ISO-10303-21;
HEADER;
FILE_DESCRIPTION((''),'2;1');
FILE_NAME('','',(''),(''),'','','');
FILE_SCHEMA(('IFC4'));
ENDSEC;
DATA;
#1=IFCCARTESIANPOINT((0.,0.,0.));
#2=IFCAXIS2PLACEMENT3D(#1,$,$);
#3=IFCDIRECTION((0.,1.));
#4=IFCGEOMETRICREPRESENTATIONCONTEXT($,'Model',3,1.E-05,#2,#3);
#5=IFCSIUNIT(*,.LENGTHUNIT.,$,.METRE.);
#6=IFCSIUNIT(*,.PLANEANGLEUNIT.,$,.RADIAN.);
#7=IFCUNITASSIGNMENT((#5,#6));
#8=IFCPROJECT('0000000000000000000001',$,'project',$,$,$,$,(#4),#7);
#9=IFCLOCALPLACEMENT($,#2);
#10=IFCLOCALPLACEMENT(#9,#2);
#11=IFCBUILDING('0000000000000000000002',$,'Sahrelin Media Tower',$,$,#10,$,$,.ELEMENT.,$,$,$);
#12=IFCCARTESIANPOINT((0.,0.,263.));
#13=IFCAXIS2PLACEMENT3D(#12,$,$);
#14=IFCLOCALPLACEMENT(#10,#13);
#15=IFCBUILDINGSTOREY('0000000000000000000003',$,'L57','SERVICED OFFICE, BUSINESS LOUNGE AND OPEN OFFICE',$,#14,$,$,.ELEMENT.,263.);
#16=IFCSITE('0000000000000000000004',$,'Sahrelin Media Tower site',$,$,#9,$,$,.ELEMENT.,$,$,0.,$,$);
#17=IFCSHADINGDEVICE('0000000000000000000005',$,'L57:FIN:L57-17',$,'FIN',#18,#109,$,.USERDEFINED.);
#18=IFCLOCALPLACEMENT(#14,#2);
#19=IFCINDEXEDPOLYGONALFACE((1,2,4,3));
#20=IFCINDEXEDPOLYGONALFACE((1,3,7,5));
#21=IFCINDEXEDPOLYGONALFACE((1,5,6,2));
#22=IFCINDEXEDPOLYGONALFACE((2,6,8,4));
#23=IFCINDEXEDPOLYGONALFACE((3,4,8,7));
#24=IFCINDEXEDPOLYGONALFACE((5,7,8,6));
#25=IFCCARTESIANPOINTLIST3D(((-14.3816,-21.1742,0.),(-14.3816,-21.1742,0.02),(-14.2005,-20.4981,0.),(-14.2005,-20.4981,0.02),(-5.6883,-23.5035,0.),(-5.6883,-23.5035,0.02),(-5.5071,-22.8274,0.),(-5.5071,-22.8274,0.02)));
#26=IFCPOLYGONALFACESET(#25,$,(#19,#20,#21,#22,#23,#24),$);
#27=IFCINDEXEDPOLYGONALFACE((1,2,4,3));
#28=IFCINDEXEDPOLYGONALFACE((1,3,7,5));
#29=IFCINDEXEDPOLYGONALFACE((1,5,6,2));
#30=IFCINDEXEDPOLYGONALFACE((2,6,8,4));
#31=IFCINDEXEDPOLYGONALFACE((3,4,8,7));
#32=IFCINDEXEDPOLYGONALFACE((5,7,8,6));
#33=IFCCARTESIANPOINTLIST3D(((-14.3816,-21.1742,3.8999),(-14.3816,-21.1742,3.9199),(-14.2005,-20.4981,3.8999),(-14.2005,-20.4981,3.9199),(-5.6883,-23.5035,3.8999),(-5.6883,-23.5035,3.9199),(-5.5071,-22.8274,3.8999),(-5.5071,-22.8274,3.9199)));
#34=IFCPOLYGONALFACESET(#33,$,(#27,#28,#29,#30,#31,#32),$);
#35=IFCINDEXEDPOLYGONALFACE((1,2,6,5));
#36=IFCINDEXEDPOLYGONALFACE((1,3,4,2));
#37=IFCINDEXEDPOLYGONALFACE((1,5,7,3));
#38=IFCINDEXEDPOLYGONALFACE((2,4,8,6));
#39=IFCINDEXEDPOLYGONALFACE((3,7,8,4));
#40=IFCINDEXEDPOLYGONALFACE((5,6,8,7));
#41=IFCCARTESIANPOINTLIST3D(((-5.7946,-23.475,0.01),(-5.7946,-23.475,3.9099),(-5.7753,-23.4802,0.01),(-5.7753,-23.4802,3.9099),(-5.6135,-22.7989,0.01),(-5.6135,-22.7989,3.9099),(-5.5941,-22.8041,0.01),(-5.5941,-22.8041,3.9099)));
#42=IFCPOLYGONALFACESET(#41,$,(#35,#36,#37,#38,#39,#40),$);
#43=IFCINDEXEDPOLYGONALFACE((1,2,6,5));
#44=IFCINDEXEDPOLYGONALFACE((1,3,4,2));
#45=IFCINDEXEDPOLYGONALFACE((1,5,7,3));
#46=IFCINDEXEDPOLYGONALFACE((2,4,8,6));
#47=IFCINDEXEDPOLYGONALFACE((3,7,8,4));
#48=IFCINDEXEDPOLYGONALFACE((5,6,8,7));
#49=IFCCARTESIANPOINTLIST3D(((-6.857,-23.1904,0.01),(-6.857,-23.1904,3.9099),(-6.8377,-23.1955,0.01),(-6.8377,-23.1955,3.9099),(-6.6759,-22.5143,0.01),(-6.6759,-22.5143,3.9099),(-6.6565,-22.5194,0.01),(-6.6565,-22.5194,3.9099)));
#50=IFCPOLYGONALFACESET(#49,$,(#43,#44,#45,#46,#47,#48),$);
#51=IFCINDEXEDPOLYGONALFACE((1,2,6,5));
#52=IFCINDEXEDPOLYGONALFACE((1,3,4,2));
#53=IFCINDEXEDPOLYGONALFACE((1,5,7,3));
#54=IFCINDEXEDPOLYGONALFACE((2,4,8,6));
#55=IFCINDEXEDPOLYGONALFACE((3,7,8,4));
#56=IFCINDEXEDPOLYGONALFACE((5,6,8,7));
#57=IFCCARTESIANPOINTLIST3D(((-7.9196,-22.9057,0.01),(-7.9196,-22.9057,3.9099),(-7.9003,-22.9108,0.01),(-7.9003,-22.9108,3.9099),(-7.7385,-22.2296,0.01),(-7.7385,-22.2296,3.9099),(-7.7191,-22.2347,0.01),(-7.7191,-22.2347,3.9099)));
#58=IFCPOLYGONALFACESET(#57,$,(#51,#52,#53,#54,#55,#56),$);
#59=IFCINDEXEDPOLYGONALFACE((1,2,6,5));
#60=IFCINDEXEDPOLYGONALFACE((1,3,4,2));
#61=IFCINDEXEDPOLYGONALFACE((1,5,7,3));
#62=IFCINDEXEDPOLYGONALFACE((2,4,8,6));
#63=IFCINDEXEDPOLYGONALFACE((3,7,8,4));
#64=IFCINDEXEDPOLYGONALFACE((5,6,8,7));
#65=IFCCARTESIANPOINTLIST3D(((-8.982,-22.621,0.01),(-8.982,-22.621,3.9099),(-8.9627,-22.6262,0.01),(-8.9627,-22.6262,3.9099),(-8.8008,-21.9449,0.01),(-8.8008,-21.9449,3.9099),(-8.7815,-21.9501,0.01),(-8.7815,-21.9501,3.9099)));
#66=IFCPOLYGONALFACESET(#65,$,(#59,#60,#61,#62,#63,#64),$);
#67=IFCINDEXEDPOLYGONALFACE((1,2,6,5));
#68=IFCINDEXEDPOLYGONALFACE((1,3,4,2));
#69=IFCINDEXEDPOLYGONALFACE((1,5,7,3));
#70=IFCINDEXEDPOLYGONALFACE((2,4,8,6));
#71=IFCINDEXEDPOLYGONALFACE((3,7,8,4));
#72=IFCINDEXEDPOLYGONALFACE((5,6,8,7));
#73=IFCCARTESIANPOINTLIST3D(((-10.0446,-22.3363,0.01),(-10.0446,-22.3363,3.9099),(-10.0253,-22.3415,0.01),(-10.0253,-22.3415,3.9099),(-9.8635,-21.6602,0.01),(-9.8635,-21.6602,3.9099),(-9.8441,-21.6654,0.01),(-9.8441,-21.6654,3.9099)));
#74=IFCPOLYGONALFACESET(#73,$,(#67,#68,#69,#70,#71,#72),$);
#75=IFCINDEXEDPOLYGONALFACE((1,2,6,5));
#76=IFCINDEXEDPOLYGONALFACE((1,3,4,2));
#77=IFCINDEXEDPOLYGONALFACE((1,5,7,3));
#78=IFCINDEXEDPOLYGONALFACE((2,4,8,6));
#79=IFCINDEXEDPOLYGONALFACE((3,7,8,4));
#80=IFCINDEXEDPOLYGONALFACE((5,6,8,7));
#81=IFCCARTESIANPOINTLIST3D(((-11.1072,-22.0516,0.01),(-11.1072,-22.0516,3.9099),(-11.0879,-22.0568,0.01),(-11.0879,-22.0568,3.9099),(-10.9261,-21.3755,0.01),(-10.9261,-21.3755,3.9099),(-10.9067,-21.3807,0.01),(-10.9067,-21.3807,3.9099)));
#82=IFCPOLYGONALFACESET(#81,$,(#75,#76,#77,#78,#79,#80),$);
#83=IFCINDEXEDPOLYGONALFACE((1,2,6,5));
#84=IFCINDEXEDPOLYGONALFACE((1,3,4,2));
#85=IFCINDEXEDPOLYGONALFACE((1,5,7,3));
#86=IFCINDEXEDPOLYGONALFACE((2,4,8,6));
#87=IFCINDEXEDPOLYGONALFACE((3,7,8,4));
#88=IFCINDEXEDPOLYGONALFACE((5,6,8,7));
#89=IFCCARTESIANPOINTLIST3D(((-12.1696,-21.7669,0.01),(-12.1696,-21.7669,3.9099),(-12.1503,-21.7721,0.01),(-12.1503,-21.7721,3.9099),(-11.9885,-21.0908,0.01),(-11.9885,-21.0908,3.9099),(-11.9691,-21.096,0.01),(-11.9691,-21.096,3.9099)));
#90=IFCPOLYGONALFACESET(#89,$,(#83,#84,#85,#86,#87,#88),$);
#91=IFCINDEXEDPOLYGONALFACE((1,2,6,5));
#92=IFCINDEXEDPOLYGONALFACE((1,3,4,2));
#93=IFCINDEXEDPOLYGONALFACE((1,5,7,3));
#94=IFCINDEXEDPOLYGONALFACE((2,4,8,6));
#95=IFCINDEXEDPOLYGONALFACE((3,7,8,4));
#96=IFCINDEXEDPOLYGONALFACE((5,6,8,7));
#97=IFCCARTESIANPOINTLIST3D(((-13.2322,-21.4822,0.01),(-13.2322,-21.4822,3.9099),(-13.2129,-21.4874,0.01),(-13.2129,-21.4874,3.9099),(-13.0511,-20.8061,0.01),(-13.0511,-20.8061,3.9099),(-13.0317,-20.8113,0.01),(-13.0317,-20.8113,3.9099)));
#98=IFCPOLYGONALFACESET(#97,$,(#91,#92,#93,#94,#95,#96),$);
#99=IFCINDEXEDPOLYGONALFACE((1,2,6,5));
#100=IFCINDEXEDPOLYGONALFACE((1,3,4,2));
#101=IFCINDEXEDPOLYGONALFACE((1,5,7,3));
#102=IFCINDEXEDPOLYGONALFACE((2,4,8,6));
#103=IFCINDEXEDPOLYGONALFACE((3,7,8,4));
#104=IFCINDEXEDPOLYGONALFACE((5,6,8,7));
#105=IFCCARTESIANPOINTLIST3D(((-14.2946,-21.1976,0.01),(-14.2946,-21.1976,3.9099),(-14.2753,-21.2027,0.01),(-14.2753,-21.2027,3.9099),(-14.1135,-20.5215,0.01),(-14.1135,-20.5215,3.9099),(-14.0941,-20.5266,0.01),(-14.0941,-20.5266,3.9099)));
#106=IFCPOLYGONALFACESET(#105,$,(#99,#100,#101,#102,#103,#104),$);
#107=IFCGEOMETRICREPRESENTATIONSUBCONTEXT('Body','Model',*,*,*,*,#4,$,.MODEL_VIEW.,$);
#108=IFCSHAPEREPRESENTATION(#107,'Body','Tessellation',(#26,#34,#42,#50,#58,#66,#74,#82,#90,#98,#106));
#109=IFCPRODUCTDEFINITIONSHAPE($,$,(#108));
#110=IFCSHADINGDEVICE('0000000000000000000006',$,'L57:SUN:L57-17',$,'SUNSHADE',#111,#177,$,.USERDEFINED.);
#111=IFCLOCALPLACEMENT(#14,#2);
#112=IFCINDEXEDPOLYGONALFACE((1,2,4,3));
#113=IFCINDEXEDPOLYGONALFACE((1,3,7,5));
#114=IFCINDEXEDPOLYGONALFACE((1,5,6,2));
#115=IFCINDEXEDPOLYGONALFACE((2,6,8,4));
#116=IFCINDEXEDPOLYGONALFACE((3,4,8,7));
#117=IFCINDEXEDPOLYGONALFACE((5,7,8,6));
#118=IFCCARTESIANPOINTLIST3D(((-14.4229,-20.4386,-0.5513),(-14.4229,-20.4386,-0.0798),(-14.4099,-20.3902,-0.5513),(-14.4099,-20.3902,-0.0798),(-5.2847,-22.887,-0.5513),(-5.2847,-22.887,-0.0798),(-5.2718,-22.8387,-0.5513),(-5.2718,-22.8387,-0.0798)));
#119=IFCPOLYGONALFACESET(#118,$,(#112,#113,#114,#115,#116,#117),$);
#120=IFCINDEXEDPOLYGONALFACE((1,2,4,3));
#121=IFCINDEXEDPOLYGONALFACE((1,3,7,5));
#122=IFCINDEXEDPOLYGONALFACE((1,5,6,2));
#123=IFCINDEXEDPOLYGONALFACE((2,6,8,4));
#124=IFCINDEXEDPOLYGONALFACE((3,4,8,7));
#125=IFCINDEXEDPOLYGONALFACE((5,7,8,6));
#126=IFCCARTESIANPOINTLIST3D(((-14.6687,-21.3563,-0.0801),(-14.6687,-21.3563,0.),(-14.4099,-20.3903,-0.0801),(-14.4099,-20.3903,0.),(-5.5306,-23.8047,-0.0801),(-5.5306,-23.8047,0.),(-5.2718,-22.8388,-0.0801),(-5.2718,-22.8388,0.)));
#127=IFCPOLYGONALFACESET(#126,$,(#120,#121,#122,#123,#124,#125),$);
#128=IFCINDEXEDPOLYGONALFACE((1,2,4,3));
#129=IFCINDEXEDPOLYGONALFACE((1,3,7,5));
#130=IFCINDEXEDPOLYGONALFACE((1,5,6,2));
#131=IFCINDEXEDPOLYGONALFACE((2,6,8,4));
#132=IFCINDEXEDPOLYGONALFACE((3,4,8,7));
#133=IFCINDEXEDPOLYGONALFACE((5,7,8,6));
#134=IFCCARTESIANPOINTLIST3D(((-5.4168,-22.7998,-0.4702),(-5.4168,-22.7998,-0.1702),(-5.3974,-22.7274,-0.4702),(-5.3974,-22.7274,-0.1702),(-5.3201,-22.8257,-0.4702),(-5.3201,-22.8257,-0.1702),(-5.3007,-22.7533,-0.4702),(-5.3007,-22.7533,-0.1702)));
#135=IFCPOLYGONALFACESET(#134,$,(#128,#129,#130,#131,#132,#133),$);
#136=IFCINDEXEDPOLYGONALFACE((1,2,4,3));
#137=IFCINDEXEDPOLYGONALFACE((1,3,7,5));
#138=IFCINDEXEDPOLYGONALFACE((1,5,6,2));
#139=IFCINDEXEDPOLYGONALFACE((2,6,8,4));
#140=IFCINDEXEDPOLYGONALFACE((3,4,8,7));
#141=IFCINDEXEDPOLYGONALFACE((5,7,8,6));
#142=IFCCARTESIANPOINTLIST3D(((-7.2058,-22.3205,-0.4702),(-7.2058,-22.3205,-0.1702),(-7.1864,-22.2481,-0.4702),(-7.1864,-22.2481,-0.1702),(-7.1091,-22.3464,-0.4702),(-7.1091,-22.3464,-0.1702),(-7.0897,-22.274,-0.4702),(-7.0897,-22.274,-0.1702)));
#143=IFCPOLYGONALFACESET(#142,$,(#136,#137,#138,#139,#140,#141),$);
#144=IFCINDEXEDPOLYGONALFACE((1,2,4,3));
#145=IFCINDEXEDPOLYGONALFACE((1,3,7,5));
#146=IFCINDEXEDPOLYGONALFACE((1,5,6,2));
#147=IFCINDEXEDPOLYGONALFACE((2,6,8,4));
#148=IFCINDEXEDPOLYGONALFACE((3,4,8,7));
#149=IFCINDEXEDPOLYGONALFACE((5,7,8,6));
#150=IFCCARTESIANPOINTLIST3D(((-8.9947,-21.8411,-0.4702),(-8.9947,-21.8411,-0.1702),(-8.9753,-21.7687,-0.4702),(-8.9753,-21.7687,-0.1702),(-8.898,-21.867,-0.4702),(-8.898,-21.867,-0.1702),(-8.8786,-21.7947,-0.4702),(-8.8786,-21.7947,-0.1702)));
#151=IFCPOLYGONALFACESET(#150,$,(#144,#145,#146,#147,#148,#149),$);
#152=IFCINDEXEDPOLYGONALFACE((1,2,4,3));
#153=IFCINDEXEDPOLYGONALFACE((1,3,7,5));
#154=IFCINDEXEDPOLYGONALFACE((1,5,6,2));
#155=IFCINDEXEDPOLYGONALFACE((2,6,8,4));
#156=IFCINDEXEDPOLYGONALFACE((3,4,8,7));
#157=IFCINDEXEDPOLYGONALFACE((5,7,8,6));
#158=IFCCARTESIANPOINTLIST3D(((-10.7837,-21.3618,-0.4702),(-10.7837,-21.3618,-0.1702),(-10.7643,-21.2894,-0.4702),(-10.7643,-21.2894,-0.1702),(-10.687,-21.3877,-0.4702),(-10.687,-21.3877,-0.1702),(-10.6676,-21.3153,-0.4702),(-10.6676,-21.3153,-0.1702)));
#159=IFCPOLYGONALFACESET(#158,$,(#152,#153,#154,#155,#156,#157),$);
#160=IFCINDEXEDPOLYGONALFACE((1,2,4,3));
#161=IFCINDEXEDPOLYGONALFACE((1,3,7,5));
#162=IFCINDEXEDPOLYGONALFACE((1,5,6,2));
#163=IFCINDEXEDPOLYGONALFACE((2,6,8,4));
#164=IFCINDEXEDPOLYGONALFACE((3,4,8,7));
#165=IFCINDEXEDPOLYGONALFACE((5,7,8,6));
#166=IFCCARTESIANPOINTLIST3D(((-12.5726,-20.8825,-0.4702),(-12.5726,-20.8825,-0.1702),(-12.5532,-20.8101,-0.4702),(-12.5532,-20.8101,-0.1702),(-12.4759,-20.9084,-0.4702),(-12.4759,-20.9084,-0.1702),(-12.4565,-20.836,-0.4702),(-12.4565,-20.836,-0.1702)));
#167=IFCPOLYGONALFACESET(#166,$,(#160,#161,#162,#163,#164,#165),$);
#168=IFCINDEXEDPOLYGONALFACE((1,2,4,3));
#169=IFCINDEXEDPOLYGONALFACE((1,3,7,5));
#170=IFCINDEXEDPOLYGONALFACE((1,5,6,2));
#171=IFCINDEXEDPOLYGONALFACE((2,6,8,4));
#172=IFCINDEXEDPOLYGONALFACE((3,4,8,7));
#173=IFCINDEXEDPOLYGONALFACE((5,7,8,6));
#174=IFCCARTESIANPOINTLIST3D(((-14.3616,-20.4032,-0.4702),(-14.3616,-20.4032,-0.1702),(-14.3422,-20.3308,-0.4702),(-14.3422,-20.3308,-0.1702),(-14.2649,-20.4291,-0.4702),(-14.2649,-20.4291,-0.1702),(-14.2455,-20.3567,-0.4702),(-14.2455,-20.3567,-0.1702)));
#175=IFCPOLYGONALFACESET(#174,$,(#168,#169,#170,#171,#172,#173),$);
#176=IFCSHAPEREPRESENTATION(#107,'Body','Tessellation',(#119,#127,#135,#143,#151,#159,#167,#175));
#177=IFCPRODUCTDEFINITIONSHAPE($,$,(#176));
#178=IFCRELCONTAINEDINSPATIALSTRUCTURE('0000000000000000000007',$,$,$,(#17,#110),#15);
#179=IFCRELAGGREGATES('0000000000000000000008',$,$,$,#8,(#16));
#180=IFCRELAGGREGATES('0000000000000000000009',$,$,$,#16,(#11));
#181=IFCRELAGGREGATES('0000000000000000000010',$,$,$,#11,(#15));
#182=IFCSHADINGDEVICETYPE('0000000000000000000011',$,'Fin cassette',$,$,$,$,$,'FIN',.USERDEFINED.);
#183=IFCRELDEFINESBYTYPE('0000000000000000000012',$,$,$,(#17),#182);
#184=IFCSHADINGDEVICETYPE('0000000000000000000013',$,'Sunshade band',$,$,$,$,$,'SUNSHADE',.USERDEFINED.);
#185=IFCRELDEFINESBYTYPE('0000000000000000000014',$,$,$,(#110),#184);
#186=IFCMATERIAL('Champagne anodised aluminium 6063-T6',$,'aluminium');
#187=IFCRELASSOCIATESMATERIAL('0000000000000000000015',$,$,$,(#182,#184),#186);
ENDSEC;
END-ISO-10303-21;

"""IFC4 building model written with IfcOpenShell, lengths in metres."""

from ifc_helpers import new_model, si_unit, direction, frame, origin, origin_2d, place, context, subcontext, project, spatial, rectangle, extrude, material, type_object, element, save


model = new_model("IFC4")

# Units and contexts
model_context = context("Model", 3, precision=1e-05, world=origin(), true_north=direction((0.0, 1.0)))
body_context = subcontext(model_context, "Body", "Model", "MODEL_VIEW")
ifc_project = project(units=[si_unit("LENGTHUNIT", "METRE"), si_unit("PLANEANGLEUNIT", "RADIAN")], contexts=[model_context])

# Site, building, storey
site_placement = place(None, origin())
site = spatial("IfcSite", under=ifc_project, at=site_placement, Name="Sahrelin Media Tower site", CompositionType="ELEMENT", RefElevation=0.0)
building_placement = place(site_placement, origin())
building = spatial("IfcBuilding", under=site, at=building_placement, Name="Sahrelin Media Tower", CompositionType="ELEMENT")
storey_placement = place(building_placement, frame((0.0, 0.0, 263.0)))
storey = spatial("IfcBuildingStorey", under=building, at=storey_placement, Name="L57", Description="SERVICED OFFICE, BUSINESS LOUNGE AND OPEN OFFICE", CompositionType="ELEMENT", Elevation=263.0)

# Shared definitions
ifc_material_1 = material(Name="Champagne anodised aluminium 6063-T6", Category="aluminium")

# Shading devices
shading_device_type_1 = type_object("IfcShadingDeviceType", Name="Fin cassette", ElementType="FIN", PredefinedType="USERDEFINED", material=ifc_material_1)
placement = place(storey_placement, frame((-9.8357, -21.5952, 0.0), z_axis=(0.0, 0.0, 1.0), x_axis=(-0.965929, 0.258808, 0.0)))
element("IfcShadingDevice", 1, at=placement, inside=storey, type_object=shading_device_type_1, Name="L57:FIN:L57-17", ObjectType="FIN", PredefinedType="USERDEFINED", context=body_context, shape_type="SweptSolid", body=[
    extrude(rectangle(XDim=9.0, YDim=0.7, at=origin_2d()), frame((0.0, 0.4199, 0.0)), (0.0, 0.0, 1.0), 0.02),
    extrude(rectangle(XDim=9.0, YDim=0.7, at=origin_2d()), frame((0.0, 0.4199, 3.8999)), (0.0, 0.0, 1.0), 0.02),
    extrude(rectangle(XDim=0.02, YDim=0.7, at=origin_2d()), frame((-4.3999, 0.4199, 0.01), z_axis=(0.0, 0.0, 1.0), x_axis=(1.0, 0.0, 0.0)), (0.0, 0.0, 1.0), 3.8999),
    extrude(rectangle(XDim=0.02, YDim=0.7, at=origin_2d()), frame((-3.3, 0.4199, 0.01), z_axis=(0.0, 0.0, 1.0), x_axis=(1.0, 0.0, 0.0)), (0.0, 0.0, 1.0), 3.8999),
    extrude(rectangle(XDim=0.02, YDim=0.7, at=origin_2d()), frame((-2.2, 0.4199, 0.01), z_axis=(0.0, 0.0, 1.0), x_axis=(1.0, 0.0, 0.0)), (0.0, 0.0, 1.0), 3.8999),
    extrude(rectangle(XDim=0.02, YDim=0.7, at=origin_2d()), frame((-1.1001, 0.4199, 0.01), z_axis=(0.0, 0.0, 1.0), x_axis=(1.0, 0.0, 0.0)), (0.0, 0.0, 1.0), 3.8999),
    extrude(rectangle(XDim=0.02, YDim=0.7, at=origin_2d()), frame((0.0, 0.4199, 0.01), z_axis=(0.0, 0.0, 1.0), x_axis=(1.0, 0.0, 0.0)), (0.0, 0.0, 1.0), 3.8999),
    extrude(rectangle(XDim=0.02, YDim=0.7, at=origin_2d()), frame((1.1001, 0.4199, 0.01), z_axis=(0.0, 0.0, 1.0), x_axis=(1.0, 0.0, 0.0)), (0.0, 0.0, 1.0), 3.8999),
    extrude(rectangle(XDim=0.02, YDim=0.7, at=origin_2d()), frame((2.2, 0.4199, 0.01), z_axis=(0.0, 0.0, 1.0), x_axis=(1.0, 0.0, 0.0)), (0.0, 0.0, 1.0), 3.8999),
    extrude(rectangle(XDim=0.02, YDim=0.7, at=origin_2d()), frame((3.3, 0.4199, 0.01), z_axis=(0.0, 0.0, 1.0), x_axis=(1.0, 0.0, 0.0)), (0.0, 0.0, 1.0), 3.8999),
    extrude(rectangle(XDim=0.02, YDim=0.7, at=origin_2d()), frame((4.3999, 0.4199, 0.01), z_axis=(0.0, 0.0, 1.0), x_axis=(1.0, 0.0, 0.0)), (0.0, 0.0, 1.0), 3.8999),
])
shading_device_type_2 = type_object("IfcShadingDeviceType", Name="Sunshade band", ElementType="SUNSHADE", PredefinedType="USERDEFINED", material=ifc_material_1)
element("IfcShadingDevice", 2, at=placement, inside=storey, type_object=shading_device_type_2, Name="L57:SUN:L57-17", ObjectType="SUNSHADE", PredefinedType="USERDEFINED", context=body_context, shape_type="SweptSolid", body=[
    extrude(rectangle(XDim=9.4604, YDim=0.05, at=origin_2d()), frame((0.0, 0.0449, -0.5513)), (0.0, 0.0, 1.0), 0.4714),
    extrude(rectangle(XDim=9.4604, YDim=1.0, at=origin_2d()), frame((0.0, 0.52, -0.0801)), (0.0, 0.0, 1.0), 0.0801),
    extrude(rectangle(XDim=0.1001, YDim=0.075, at=origin_2d()), frame((-4.6301, -0.0176, -0.4702)), (0.0, 0.0, 1.0), 0.3),
    extrude(rectangle(XDim=0.1001, YDim=0.075, at=origin_2d()), frame((-2.7781, -0.0176, -0.4702)), (0.0, 0.0, 1.0), 0.3),
    extrude(rectangle(XDim=0.1001, YDim=0.075, at=origin_2d()), frame((-0.926, -0.0176, -0.4702)), (0.0, 0.0, 1.0), 0.3),
    extrude(rectangle(XDim=0.1001, YDim=0.075, at=origin_2d()), frame((0.926, -0.0176, -0.4702)), (0.0, 0.0, 1.0), 0.3),
    extrude(rectangle(XDim=0.1001, YDim=0.075, at=origin_2d()), frame((2.7781, -0.0176, -0.4702)), (0.0, 0.0, 1.0), 0.3),
    extrude(rectangle(XDim=0.1001, YDim=0.075, at=origin_2d()), frame((4.6301, -0.0176, -0.4702)), (0.0, 0.0, 1.0), 0.3),
])

save(model, "model.ifc")
